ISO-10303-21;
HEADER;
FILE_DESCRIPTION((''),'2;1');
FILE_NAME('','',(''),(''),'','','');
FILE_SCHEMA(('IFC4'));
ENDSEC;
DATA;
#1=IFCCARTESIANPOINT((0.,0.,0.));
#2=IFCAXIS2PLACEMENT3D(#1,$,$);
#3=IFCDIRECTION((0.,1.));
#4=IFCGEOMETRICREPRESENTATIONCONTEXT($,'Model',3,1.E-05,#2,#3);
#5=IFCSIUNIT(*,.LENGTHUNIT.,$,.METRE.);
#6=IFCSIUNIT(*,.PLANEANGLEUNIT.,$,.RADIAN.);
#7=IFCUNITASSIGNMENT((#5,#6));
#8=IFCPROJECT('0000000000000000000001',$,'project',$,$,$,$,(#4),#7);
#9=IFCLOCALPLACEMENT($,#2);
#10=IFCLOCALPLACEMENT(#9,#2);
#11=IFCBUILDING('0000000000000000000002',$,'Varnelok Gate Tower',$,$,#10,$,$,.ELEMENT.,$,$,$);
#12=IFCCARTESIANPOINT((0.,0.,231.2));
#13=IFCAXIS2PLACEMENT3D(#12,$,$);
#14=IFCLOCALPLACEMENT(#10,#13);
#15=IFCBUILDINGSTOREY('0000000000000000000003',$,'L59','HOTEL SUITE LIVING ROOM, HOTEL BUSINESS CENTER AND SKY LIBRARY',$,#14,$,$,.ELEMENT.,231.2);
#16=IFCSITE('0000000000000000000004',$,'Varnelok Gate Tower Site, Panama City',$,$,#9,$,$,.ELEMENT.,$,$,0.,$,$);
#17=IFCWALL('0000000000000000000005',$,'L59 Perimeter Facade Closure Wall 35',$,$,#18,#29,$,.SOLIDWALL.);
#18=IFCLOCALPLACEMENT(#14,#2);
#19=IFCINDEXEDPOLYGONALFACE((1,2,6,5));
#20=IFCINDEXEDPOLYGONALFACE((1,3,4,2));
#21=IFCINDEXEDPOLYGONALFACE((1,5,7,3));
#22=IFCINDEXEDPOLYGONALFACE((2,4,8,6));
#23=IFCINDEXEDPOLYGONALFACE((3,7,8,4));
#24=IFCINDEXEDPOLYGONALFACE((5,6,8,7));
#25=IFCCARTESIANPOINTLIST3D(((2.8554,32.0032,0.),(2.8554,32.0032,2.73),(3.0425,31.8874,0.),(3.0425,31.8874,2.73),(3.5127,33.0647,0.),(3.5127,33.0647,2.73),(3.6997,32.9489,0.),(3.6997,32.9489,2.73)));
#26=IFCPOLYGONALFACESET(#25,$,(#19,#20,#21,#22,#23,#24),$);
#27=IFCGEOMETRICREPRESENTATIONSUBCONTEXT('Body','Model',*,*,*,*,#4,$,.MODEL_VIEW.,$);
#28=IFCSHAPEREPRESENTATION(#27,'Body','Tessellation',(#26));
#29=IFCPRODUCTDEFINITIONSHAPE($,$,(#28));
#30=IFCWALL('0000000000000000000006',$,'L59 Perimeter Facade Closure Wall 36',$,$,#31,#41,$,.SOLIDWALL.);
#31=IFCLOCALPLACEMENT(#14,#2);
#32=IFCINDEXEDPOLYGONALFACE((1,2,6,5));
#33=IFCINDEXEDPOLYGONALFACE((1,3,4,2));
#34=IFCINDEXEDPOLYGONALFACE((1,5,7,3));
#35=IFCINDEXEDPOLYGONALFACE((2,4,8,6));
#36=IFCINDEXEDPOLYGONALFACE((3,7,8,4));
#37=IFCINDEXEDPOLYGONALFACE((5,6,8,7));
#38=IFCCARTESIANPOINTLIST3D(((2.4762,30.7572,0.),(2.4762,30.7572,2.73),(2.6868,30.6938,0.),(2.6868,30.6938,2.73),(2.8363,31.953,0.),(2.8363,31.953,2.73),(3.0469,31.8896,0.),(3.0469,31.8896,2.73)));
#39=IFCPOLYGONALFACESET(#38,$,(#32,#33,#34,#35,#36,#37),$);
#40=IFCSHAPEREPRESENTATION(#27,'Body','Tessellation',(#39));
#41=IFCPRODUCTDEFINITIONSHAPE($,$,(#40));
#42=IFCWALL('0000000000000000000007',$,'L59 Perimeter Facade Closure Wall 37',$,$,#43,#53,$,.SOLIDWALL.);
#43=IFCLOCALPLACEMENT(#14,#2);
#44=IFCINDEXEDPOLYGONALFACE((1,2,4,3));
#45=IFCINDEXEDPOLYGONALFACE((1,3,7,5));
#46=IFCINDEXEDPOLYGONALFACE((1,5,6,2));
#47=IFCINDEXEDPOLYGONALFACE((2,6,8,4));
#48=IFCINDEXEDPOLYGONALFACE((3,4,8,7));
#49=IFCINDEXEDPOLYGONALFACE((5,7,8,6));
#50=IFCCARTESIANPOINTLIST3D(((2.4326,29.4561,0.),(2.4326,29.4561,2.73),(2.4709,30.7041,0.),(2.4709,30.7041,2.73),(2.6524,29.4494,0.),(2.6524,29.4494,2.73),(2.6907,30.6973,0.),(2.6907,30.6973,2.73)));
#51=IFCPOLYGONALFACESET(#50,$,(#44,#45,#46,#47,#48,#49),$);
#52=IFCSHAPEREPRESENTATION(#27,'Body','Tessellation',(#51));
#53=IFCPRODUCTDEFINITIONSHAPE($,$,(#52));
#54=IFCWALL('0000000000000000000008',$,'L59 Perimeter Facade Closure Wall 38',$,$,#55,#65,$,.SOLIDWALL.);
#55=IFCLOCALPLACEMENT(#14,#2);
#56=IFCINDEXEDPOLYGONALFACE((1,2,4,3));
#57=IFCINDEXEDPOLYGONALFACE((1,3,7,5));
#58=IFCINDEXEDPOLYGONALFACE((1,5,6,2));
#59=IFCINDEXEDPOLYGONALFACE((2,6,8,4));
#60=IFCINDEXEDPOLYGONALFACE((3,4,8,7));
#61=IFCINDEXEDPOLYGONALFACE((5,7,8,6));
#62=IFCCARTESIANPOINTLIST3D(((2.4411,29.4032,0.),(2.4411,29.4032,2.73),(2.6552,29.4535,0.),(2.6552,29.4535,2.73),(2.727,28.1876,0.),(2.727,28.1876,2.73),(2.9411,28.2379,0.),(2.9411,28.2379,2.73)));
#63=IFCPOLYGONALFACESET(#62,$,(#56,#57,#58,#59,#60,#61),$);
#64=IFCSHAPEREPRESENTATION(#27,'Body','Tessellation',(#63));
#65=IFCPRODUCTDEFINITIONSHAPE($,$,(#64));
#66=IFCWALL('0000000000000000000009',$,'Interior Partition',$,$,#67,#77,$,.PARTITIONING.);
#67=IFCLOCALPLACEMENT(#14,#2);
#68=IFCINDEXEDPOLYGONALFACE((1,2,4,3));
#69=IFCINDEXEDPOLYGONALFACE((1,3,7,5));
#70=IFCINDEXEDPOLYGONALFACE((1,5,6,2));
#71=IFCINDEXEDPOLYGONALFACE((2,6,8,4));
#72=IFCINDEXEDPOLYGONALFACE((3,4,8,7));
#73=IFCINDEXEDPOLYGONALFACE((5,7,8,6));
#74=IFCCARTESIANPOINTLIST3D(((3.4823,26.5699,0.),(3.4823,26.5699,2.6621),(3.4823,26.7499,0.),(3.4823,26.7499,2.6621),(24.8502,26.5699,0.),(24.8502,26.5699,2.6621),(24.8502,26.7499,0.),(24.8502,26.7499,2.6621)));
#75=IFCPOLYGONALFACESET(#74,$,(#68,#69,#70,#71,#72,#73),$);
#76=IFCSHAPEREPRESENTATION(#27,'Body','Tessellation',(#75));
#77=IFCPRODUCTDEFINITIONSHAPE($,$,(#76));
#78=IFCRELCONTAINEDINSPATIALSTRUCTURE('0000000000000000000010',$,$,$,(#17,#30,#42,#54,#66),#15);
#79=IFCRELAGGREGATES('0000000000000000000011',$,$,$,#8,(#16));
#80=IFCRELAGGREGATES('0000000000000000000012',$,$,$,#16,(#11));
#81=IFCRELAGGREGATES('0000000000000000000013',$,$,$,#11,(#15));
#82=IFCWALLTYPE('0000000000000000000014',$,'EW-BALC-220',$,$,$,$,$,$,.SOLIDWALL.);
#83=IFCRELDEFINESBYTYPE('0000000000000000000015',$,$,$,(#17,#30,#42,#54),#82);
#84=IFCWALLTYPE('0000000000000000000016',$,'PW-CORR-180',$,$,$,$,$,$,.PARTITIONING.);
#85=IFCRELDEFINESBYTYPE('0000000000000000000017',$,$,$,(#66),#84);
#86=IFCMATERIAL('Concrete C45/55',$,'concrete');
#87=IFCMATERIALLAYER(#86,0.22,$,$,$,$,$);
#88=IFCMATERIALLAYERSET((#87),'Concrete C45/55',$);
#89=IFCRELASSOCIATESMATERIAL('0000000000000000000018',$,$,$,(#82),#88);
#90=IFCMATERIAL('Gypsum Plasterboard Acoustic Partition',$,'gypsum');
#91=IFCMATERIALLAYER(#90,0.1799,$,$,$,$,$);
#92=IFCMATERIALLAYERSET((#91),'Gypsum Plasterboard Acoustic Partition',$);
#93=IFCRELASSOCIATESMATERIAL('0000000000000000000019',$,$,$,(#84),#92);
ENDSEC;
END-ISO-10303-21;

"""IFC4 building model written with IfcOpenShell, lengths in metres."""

from ifc_helpers import new_model, si_unit, direction, frame, frame_2d, origin, place, context, subcontext, project, spatial, rectangle, extrude, material, layer, layer_set, type_object, element, save


model = new_model("IFC4")

# Units and contexts
model_context = context("Model", 3, precision=1e-05, world=origin(), true_north=direction((0.0, 1.0)))
body_context = subcontext(model_context, "Body", "Model", "MODEL_VIEW")
ifc_project = project(units=[si_unit("LENGTHUNIT", "METRE"), si_unit("PLANEANGLEUNIT", "RADIAN")], contexts=[model_context])

# Site, building, storey
site_placement = place(None, origin())
site = spatial("IfcSite", under=ifc_project, at=site_placement, Name="Varnelok Gate Tower Site, Panama City", CompositionType="ELEMENT", RefElevation=0.0)
building_placement = place(site_placement, origin())
building = spatial("IfcBuilding", under=site, at=building_placement, Name="Varnelok Gate Tower", CompositionType="ELEMENT")
storey_placement = place(building_placement, frame((0.0, 0.0, 231.2)))
storey = spatial("IfcBuildingStorey", under=building, at=storey_placement, Name="L59", Description="HOTEL SUITE LIVING ROOM, HOTEL BUSINESS CENTER AND SKY LIBRARY", CompositionType="ELEMENT", Elevation=231.2)

# Walls
ifc_material_1 = material(Name="Concrete C45/55", Category="concrete")
ifc_layer_1 = layer(ifc_material_1, 0.22)
ifc_layer_set_1 = layer_set([ifc_layer_1], Name="Concrete C45/55")
wall_type_1 = type_object("IfcWallType", Name="EW-BALC-220", PredefinedType="SOLIDWALL", material=ifc_layer_set_1)
wall_1_placement = place(storey_placement, frame((3.6062, 33.0068, 0.0), z_axis=(0.0, 0.0, 1.0), x_axis=(-0.526408, -0.850232, 0.0)))
element("IfcWall", 1, at=wall_1_placement, inside=storey, type_object=wall_type_1, Name="L59 Perimeter Facade Closure Wall 35", PredefinedType="SOLIDWALL", context=body_context, shape_type="SweptSolid", body=[
    extrude(rectangle(XDim=1.2485, YDim=0.22, at=frame_2d((0.6243, 0.0))), origin(), (0.0, 0.0, 1.0), 2.73),
])
wall_2_placement = place(storey_placement, frame((2.9417, 31.9214, 0.0), z_axis=(0.0, 0.0, 1.0), x_axis=(-0.288352, -0.957524, 0.0)))
element("IfcWall", 2, at=wall_2_placement, inside=storey, type_object=wall_type_1, Name="L59 Perimeter Facade Closure Wall 36", PredefinedType="SOLIDWALL", context=body_context, shape_type="SweptSolid", body=[
    extrude(rectangle(XDim=1.2488, YDim=0.22, at=frame_2d((0.6245, 0.0))), origin(), (0.0, 0.0, 1.0), 2.73),
])
wall_3_placement = place(storey_placement, frame((2.5808, 30.7007, 0.0), z_axis=(0.0, 0.0, 1.0), x_axis=(-0.030698, -0.999529, 0.0)))
element("IfcWall", 3, at=wall_3_placement, inside=storey, type_object=wall_type_1, Name="L59 Perimeter Facade Closure Wall 37", PredefinedType="SOLIDWALL", context=body_context, shape_type="SweptSolid", body=[
    extrude(rectangle(XDim=1.2485, YDim=0.22, at=frame_2d((0.6243, 0.0))), origin(), (0.0, 0.0, 1.0), 2.73),
])
wall_4_placement = place(storey_placement, frame((2.5481, 29.4285, 0.0), z_axis=(0.0, 0.0, 1.0), x_axis=(0.228941, -0.97344, 0.0)))
element("IfcWall", 4, at=wall_4_placement, inside=storey, type_object=wall_type_1, Name="L59 Perimeter Facade Closure Wall 38", PredefinedType="SOLIDWALL", context=body_context, shape_type="SweptSolid", body=[
    extrude(rectangle(XDim=1.2488, YDim=0.22, at=frame_2d((0.6245, 0.0))), origin(), (0.0, 0.0, 1.0), 2.73),
])
ifc_material_2 = material(Name="Gypsum Plasterboard Acoustic Partition", Category="gypsum")
ifc_layer_2 = layer(ifc_material_2, 0.1799)
ifc_layer_set_2 = layer_set([ifc_layer_2], Name="Gypsum Plasterboard Acoustic Partition")
wall_type_2 = type_object("IfcWallType", Name="PW-CORR-180", PredefinedType="PARTITIONING", material=ifc_layer_set_2)
wall_5_placement = place(storey_placement, frame((3.4822, 26.6599, 0.0), z_axis=(0.0, 0.0, 1.0), x_axis=(1.0, 0.0, 0.0)))
element("IfcWall", 5, at=wall_5_placement, inside=storey, type_object=wall_type_2, Name="Interior Partition", PredefinedType="PARTITIONING", context=body_context, shape_type="SweptSolid", body=[
    extrude(rectangle(XDim=21.3679, YDim=0.1799, at=frame_2d((10.6841, 0.0))), origin(), (0.0, 0.0, 1.0), 2.6621),
])

save(model, "model.ifc")
